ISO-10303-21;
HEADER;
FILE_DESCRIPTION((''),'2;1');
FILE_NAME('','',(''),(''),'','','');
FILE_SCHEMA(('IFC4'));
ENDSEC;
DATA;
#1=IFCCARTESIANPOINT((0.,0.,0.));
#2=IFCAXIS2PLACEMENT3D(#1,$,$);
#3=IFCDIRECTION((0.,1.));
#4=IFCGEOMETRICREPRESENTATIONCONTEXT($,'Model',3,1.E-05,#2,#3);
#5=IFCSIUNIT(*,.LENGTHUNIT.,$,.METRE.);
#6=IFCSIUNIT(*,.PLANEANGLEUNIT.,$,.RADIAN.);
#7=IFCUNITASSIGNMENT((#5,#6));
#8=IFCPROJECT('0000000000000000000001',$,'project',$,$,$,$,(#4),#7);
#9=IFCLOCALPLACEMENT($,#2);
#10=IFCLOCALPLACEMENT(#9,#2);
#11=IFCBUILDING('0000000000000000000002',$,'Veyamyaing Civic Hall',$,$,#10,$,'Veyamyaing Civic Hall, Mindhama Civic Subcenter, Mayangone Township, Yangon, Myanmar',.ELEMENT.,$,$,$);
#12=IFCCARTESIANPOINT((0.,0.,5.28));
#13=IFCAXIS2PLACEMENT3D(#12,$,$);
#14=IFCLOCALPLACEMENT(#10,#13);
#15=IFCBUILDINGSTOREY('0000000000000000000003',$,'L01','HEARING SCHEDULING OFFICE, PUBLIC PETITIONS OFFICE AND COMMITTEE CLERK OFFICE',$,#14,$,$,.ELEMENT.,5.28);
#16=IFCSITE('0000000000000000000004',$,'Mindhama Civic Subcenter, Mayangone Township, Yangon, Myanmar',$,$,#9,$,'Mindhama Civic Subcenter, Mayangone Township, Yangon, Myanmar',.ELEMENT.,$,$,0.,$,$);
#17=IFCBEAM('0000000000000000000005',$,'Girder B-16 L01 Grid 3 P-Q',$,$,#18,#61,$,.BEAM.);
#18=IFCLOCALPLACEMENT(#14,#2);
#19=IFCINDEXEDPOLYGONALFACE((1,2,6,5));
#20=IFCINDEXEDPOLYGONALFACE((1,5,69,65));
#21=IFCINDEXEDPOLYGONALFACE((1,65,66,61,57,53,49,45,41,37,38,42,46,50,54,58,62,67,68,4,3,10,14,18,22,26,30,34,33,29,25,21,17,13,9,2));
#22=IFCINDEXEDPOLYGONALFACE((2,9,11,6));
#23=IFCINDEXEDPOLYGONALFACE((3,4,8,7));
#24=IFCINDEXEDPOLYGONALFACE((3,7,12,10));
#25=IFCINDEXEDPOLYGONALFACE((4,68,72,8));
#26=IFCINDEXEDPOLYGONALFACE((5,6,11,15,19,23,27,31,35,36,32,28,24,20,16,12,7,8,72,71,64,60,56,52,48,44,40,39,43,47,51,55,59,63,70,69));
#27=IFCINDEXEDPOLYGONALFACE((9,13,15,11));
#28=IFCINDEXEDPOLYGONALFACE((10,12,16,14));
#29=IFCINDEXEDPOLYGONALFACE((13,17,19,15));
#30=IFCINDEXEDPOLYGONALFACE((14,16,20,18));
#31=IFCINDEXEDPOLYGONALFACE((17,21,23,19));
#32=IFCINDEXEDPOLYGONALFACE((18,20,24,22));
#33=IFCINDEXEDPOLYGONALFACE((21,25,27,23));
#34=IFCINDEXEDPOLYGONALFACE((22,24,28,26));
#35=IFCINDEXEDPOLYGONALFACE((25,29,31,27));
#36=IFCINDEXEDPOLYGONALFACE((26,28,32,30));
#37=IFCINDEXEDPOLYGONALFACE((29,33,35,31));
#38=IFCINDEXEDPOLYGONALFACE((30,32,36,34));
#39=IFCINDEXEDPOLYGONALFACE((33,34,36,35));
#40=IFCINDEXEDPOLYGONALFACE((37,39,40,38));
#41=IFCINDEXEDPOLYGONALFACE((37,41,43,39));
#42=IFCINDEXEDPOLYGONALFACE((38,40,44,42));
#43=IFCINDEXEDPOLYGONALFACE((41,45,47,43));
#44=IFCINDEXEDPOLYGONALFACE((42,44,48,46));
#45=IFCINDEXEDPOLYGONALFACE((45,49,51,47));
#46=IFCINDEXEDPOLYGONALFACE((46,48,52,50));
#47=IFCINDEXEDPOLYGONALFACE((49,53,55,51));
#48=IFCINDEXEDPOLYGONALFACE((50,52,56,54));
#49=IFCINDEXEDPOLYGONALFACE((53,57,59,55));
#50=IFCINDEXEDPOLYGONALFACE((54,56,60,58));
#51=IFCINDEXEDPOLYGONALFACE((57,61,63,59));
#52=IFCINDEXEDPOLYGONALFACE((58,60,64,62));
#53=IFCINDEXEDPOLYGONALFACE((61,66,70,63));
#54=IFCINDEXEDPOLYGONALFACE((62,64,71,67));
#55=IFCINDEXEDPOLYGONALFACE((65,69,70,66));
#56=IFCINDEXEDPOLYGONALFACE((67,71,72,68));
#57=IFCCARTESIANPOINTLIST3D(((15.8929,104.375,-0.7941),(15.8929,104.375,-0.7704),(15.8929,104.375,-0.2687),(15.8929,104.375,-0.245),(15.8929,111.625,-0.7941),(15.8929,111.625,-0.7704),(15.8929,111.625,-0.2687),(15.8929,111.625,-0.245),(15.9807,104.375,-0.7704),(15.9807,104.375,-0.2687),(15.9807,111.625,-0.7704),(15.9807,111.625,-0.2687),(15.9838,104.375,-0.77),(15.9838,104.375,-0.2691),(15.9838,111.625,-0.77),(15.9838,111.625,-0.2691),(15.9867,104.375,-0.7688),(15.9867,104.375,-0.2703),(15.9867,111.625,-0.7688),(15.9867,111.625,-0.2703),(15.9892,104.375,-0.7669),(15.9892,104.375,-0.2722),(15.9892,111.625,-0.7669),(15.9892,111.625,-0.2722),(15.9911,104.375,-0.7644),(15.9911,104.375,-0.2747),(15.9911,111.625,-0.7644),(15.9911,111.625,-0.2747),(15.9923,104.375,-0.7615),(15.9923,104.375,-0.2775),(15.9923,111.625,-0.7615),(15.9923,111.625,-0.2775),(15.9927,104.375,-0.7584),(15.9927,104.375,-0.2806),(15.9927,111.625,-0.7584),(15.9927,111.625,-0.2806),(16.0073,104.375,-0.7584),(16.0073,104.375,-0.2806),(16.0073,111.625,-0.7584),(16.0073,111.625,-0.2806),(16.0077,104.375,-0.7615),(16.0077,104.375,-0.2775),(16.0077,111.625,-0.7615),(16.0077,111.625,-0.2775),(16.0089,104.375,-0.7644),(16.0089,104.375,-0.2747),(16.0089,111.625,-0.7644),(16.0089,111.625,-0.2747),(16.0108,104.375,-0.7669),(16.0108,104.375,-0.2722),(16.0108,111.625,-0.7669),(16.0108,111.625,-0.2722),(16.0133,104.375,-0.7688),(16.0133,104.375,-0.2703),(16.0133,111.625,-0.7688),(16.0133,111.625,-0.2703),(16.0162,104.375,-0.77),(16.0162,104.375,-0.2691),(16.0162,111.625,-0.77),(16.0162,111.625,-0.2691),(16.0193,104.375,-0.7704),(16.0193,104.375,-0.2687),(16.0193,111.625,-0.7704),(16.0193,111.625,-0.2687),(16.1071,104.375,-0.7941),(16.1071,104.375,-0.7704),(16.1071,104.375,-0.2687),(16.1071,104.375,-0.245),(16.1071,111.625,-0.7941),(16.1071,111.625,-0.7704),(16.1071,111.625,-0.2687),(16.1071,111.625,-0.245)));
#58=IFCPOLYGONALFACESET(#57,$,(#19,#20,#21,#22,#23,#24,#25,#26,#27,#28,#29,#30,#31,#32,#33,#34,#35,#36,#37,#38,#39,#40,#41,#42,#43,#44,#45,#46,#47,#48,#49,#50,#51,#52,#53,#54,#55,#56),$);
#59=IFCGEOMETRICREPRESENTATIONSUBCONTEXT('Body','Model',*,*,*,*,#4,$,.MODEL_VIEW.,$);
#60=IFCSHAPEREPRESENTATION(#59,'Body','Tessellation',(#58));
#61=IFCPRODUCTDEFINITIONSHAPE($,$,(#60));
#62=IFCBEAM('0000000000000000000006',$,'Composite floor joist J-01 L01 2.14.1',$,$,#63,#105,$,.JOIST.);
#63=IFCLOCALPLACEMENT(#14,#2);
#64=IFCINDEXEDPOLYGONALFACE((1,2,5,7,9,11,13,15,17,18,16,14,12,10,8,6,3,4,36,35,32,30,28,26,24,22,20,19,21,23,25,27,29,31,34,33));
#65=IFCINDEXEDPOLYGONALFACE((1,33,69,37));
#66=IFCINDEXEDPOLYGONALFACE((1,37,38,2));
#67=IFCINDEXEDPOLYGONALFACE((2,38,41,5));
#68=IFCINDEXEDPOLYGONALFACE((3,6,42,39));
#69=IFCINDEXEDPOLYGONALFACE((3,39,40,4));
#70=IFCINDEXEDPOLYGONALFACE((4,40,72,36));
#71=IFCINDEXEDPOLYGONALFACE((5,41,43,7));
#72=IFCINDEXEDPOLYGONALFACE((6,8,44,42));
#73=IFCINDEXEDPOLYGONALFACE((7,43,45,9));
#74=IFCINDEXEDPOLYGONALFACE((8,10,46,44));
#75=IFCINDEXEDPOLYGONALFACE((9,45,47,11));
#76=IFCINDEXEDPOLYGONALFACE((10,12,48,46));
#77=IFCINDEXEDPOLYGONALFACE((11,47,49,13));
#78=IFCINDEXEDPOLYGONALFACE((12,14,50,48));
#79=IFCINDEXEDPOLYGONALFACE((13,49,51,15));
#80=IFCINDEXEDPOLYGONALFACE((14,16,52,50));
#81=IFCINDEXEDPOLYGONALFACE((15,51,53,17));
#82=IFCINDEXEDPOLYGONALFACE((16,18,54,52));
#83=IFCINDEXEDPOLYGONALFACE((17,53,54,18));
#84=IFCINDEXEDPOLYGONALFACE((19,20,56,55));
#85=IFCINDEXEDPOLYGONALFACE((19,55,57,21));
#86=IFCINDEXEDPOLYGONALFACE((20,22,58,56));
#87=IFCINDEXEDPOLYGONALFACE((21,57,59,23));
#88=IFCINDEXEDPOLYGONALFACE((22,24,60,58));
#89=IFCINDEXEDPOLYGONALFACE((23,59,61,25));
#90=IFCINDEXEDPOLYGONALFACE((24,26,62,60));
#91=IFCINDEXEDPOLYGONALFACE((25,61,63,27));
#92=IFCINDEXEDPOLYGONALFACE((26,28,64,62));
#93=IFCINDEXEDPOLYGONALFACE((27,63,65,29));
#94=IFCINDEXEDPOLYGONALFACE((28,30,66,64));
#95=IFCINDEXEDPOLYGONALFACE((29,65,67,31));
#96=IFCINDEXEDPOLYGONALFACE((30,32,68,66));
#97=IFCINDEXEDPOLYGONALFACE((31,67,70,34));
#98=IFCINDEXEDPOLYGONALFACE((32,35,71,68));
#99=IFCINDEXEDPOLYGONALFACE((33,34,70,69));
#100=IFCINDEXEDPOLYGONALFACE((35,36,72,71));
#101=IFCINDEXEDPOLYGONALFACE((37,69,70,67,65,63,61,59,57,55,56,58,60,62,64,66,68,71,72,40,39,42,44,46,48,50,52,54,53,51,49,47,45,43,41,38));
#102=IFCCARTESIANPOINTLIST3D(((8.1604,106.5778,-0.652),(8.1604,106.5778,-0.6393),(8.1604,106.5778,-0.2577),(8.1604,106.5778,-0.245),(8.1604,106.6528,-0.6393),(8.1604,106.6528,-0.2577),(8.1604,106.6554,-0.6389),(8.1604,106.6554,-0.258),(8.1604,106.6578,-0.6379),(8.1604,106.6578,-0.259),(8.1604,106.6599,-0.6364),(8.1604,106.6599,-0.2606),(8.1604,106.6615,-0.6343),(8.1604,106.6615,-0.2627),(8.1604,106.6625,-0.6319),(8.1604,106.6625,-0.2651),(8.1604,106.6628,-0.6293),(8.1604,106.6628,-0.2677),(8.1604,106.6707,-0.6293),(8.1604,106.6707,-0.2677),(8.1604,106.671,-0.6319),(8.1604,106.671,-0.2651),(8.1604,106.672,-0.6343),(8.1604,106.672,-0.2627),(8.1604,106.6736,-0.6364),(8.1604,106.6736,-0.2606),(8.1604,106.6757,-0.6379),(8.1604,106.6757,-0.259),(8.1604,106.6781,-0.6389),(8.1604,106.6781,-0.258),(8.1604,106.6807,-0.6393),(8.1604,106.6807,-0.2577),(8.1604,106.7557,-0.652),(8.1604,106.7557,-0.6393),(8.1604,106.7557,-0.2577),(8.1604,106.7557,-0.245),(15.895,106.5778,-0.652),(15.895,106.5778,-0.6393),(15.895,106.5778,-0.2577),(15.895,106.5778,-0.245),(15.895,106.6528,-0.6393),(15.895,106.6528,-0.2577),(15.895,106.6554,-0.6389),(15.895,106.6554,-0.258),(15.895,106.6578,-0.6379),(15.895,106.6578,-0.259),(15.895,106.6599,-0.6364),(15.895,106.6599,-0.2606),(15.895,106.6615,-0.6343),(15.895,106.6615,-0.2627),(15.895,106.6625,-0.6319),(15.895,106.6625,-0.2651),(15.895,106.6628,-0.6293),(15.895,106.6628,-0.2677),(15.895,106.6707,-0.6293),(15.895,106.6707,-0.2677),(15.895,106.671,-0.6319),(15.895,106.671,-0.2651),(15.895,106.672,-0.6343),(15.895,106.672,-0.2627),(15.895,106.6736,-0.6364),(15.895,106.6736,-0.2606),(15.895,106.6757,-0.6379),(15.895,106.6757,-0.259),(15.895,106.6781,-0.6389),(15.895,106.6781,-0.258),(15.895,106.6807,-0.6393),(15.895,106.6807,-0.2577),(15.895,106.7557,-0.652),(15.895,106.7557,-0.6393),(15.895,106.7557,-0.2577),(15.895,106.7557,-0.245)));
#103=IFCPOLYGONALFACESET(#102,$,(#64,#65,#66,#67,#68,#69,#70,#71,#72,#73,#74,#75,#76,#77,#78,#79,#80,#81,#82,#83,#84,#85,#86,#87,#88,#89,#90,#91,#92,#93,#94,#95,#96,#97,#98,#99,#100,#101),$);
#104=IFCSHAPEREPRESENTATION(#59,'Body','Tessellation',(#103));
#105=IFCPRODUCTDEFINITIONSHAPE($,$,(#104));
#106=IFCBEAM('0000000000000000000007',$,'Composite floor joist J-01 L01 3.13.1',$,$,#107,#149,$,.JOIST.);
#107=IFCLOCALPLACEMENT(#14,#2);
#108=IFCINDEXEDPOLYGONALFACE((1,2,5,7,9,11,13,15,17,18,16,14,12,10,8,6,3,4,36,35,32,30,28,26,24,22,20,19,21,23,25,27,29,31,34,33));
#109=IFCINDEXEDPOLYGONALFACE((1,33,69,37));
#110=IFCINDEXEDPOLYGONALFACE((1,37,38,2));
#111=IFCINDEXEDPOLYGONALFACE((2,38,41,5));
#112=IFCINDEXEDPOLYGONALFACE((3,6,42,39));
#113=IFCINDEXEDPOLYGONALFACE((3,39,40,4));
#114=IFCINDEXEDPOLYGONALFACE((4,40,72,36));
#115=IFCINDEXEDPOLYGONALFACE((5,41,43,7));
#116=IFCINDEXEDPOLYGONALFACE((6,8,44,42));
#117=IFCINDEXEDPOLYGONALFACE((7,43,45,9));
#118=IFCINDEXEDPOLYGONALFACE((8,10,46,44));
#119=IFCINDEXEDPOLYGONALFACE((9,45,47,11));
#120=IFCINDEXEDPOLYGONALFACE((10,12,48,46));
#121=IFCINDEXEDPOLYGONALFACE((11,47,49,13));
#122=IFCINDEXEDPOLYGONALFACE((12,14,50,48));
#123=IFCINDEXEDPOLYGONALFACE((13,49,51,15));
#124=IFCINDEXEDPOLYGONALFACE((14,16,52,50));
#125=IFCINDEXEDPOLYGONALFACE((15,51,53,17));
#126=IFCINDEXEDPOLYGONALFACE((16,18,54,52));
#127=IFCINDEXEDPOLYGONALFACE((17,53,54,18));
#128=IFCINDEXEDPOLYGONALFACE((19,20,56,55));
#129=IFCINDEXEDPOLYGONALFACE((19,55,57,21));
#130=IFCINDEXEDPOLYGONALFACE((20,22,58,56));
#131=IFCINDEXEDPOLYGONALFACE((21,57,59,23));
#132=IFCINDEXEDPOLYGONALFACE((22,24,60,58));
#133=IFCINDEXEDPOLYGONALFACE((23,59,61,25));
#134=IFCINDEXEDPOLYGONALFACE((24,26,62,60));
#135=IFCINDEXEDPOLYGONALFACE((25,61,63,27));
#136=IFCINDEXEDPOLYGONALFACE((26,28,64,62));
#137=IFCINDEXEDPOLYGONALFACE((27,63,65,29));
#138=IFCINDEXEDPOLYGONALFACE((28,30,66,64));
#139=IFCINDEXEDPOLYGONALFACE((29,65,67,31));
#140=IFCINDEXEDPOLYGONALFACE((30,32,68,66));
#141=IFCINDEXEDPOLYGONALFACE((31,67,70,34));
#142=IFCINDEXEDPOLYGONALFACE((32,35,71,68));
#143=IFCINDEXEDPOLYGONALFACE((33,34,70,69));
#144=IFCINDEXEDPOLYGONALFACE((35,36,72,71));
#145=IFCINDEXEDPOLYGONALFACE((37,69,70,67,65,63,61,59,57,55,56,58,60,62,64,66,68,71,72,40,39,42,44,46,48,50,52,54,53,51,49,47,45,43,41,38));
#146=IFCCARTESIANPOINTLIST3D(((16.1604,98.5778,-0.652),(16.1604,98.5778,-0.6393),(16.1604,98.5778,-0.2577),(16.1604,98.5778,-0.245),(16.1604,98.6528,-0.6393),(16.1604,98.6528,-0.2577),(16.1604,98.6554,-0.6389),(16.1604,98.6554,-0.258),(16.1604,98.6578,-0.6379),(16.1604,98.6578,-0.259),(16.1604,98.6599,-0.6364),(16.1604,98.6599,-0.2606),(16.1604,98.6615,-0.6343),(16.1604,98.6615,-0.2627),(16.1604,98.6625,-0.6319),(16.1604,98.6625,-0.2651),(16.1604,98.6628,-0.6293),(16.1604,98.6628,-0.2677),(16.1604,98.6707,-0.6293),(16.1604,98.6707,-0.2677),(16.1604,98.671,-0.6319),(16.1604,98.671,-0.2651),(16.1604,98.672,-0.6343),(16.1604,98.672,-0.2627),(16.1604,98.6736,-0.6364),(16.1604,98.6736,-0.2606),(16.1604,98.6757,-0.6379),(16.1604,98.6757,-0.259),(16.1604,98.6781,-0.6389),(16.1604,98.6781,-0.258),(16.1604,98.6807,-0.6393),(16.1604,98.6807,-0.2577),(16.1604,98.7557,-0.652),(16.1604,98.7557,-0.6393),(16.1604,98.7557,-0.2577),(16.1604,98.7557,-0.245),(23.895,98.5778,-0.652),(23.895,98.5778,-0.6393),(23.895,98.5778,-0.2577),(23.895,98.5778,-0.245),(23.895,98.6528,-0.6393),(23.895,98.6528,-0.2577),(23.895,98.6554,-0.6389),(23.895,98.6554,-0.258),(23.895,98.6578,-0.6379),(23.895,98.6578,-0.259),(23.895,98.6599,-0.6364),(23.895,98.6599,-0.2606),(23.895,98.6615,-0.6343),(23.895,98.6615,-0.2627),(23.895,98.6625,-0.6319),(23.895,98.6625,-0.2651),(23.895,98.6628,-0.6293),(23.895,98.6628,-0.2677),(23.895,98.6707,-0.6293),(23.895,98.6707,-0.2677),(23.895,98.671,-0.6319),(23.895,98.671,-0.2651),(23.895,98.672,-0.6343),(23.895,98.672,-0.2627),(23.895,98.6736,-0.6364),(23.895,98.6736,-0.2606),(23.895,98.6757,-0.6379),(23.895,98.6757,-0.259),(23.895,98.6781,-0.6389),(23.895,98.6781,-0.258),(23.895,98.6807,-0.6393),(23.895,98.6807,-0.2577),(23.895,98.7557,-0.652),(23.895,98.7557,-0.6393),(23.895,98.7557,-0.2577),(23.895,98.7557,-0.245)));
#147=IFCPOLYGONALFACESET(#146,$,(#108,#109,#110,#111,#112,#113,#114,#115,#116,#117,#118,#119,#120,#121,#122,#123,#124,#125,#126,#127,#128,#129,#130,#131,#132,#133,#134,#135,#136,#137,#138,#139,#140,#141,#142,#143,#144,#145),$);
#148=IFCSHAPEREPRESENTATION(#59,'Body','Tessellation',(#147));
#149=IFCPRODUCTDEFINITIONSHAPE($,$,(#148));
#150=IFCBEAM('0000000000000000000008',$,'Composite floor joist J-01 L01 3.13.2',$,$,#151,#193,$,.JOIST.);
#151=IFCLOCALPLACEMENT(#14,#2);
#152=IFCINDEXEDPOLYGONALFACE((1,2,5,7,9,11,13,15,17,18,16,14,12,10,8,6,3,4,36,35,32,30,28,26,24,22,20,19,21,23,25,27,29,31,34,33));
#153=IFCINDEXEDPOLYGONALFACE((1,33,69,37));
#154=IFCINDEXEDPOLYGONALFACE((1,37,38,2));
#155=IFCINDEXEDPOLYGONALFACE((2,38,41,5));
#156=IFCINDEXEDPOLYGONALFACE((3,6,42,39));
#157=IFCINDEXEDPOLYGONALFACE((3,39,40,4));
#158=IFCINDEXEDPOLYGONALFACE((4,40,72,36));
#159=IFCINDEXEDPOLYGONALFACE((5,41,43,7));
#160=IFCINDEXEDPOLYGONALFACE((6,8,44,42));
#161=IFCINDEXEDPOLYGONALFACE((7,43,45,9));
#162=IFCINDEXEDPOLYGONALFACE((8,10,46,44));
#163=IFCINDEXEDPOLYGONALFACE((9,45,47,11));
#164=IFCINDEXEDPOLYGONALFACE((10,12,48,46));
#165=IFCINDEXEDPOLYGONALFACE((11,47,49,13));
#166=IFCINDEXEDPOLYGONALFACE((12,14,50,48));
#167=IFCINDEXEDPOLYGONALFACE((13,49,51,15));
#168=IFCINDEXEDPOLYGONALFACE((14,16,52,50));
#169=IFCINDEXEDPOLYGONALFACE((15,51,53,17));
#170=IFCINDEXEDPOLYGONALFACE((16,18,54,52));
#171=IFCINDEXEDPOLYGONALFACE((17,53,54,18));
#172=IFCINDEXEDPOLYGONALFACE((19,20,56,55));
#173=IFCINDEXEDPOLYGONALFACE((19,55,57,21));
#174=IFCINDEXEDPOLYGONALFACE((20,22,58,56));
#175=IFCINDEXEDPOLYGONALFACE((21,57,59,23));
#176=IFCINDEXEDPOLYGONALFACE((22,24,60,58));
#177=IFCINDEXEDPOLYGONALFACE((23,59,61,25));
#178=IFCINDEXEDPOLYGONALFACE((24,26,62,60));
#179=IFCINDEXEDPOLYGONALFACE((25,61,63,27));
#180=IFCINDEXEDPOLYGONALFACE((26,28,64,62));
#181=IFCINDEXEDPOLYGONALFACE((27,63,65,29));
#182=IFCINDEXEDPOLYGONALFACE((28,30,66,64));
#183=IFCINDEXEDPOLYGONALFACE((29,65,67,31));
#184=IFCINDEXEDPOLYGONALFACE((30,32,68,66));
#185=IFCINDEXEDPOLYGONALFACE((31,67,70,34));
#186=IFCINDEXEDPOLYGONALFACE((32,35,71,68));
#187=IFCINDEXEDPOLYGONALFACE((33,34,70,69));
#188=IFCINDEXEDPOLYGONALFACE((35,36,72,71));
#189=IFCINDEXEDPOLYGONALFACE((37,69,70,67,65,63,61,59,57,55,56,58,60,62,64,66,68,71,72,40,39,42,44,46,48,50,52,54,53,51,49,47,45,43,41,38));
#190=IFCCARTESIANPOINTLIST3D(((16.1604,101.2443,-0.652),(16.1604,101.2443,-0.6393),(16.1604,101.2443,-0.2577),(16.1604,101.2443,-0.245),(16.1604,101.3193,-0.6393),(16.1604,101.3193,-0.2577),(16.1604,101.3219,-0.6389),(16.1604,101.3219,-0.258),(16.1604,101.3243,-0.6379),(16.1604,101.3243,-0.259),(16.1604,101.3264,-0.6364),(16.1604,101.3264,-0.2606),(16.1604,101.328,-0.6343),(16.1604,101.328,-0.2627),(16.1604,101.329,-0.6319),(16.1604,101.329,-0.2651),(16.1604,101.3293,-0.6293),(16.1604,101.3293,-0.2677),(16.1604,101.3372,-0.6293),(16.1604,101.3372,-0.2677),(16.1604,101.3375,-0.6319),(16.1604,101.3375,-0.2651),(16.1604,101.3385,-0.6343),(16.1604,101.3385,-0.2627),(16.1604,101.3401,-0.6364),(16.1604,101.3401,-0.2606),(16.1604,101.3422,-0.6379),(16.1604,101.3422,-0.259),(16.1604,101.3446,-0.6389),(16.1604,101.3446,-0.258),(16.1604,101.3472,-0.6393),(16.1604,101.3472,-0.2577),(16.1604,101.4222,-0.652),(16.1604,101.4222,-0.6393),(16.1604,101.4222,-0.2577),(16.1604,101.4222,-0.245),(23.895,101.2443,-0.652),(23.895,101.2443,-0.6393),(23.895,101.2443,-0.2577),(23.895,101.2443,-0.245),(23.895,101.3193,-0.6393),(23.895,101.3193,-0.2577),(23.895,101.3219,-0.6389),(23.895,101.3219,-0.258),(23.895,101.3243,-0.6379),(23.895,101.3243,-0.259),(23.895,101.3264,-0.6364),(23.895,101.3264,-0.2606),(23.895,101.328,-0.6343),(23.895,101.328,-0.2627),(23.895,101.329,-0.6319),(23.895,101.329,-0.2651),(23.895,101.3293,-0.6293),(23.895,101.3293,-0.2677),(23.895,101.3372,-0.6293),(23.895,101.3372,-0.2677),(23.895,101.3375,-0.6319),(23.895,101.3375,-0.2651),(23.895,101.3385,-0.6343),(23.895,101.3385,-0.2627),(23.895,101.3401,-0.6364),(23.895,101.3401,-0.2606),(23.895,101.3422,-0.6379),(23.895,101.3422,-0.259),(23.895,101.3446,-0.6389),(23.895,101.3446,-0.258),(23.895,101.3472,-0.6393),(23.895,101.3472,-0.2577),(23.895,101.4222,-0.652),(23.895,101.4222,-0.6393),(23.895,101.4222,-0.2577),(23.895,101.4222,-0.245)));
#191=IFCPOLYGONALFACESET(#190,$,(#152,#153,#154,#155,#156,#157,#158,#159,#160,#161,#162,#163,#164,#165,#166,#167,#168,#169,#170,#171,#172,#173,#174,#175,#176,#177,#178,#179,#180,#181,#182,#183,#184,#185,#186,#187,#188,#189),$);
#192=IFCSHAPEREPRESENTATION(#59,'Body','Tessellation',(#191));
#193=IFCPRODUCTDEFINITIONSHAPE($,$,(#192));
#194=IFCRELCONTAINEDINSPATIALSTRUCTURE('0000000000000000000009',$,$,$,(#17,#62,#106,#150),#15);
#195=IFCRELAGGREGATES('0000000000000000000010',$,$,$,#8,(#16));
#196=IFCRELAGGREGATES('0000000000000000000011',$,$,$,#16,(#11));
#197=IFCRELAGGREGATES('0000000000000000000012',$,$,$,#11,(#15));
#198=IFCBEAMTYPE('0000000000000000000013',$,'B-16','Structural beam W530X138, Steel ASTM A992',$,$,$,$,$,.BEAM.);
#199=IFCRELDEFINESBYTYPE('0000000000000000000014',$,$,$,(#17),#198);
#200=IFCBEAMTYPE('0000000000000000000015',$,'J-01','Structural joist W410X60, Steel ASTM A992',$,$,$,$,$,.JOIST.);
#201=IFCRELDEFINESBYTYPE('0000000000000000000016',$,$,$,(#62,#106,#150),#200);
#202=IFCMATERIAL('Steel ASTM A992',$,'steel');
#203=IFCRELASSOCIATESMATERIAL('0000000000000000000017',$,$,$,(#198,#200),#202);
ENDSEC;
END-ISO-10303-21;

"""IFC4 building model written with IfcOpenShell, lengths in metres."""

from ifc_helpers import new_model, si_unit, direction, frame, origin, origin_2d, place, context, subcontext, project, spatial, i_section, extrude, material, material_profile, profile_set, type_object, element, save


model = new_model("IFC4")

# Units and contexts
model_context = context("Model", 3, precision=1e-05, world=origin(), true_north=direction((0.0, 1.0)))
body_context = subcontext(model_context, "Body", "Model", "MODEL_VIEW")
ifc_project = project(units=[si_unit("LENGTHUNIT", "METRE"), si_unit("PLANEANGLEUNIT", "RADIAN")], contexts=[model_context])

# Site, building, storey
site_placement = place(None, origin())
site = spatial("IfcSite", under=ifc_project, at=site_placement, Name="Mindhama Civic Subcenter, Mayangone Township, Yangon, Myanmar", LongName="Mindhama Civic Subcenter, Mayangone Township, Yangon, Myanmar", CompositionType="ELEMENT", RefElevation=0.0)
building_placement = place(site_placement, origin())
building = spatial("IfcBuilding", under=site, at=building_placement, Name="Veyamyaing Civic Hall", LongName="Veyamyaing Civic Hall, Mindhama Civic Subcenter, Mayangone Township, Yangon, Myanmar", CompositionType="ELEMENT")
storey_placement = place(building_placement, frame((0.0, 0.0, 5.28)))
storey = spatial("IfcBuildingStorey", under=building, at=storey_placement, Name="L01", Description="HEARING SCHEDULING OFFICE, PUBLIC PETITIONS OFFICE AND COMMITTEE CLERK OFFICE", CompositionType="ELEMENT", Elevation=5.28)

# Beams
ifc_material_1 = material(Name="Steel ASTM A992", Category="steel")
ifc_material_profile_1 = material_profile(ifc_material_1, i_section(OverallWidth=0.2141, OverallDepth=0.5491, WebThickness=0.0146, FlangeThickness=0.0237, FilletRadius=0.012, at=origin_2d()), Name="W530X138")
ifc_profile_set_1 = profile_set([ifc_material_profile_1], Name="Steel ASTM A992")
beam_type_1 = type_object("IfcBeamType", Name="B-16", Description="Structural beam W530X138, Steel ASTM A992", PredefinedType="BEAM", material=ifc_profile_set_1)
beam_1_placement = place(storey_placement, frame((16.0, 104.375, -0.5195), z_axis=(0.0, 1.0, 0.0), x_axis=(-1.0, 0.0, 0.0)))
element("IfcBeam", 1, at=beam_1_placement, inside=storey, type_object=beam_type_1, Name="Girder B-16 L01 Grid 3 P-Q", PredefinedType="BEAM", context=body_context, shape_type="SweptSolid", body=[
    extrude(i_section(OverallWidth=0.2141, OverallDepth=0.5491, WebThickness=0.0146, FlangeThickness=0.0237, FilletRadius=0.012, at=origin_2d()), origin(), (0.0, 0.0, 1.0), 7.25),
])
ifc_material_profile_2 = material_profile(ifc_material_1, i_section(OverallWidth=0.178, OverallDepth=0.407, WebThickness=0.0078, FlangeThickness=0.0127, FilletRadius=0.01, at=origin_2d()), Name="W410X60")
ifc_profile_set_2 = profile_set([ifc_material_profile_2], Name="Steel ASTM A992")
beam_type_2 = type_object("IfcBeamType", Name="J-01", Description="Structural joist W410X60, Steel ASTM A992", PredefinedType="JOIST", material=ifc_profile_set_2)
for number, where, z_axis, x_axis, name in (
    (2, (8.1604, 106.6667, -0.4485), (1.0, 0.0, 0.0), (0.0, 1.0, 0.0), "Composite floor joist J-01 L01 2.14.1"),
    (3, (16.1604, 98.6667, -0.4485), (1.0, 0.0, 0.0), (0.0, 1.0, 0.0), "Composite floor joist J-01 L01 3.13.1"),
    (4, (16.1604, 101.3333, -0.4485), (1.0, 0.0, 0.0), (0.0, 1.0, 0.0), "Composite floor joist J-01 L01 3.13.2"),
):
    element("IfcBeam", number, at=place(storey_placement, frame(where, z_axis=z_axis, x_axis=x_axis)), inside=storey, type_object=beam_type_2, Name=name, PredefinedType="JOIST", context=body_context, shape_type="SweptSolid", body=[
        extrude(i_section(OverallWidth=0.178, OverallDepth=0.407, WebThickness=0.0078, FlangeThickness=0.0127, FilletRadius=0.01, at=origin_2d()), origin(), (0.0, 0.0, 1.0), 7.7346),
    ])

save(model, "model.ifc")
